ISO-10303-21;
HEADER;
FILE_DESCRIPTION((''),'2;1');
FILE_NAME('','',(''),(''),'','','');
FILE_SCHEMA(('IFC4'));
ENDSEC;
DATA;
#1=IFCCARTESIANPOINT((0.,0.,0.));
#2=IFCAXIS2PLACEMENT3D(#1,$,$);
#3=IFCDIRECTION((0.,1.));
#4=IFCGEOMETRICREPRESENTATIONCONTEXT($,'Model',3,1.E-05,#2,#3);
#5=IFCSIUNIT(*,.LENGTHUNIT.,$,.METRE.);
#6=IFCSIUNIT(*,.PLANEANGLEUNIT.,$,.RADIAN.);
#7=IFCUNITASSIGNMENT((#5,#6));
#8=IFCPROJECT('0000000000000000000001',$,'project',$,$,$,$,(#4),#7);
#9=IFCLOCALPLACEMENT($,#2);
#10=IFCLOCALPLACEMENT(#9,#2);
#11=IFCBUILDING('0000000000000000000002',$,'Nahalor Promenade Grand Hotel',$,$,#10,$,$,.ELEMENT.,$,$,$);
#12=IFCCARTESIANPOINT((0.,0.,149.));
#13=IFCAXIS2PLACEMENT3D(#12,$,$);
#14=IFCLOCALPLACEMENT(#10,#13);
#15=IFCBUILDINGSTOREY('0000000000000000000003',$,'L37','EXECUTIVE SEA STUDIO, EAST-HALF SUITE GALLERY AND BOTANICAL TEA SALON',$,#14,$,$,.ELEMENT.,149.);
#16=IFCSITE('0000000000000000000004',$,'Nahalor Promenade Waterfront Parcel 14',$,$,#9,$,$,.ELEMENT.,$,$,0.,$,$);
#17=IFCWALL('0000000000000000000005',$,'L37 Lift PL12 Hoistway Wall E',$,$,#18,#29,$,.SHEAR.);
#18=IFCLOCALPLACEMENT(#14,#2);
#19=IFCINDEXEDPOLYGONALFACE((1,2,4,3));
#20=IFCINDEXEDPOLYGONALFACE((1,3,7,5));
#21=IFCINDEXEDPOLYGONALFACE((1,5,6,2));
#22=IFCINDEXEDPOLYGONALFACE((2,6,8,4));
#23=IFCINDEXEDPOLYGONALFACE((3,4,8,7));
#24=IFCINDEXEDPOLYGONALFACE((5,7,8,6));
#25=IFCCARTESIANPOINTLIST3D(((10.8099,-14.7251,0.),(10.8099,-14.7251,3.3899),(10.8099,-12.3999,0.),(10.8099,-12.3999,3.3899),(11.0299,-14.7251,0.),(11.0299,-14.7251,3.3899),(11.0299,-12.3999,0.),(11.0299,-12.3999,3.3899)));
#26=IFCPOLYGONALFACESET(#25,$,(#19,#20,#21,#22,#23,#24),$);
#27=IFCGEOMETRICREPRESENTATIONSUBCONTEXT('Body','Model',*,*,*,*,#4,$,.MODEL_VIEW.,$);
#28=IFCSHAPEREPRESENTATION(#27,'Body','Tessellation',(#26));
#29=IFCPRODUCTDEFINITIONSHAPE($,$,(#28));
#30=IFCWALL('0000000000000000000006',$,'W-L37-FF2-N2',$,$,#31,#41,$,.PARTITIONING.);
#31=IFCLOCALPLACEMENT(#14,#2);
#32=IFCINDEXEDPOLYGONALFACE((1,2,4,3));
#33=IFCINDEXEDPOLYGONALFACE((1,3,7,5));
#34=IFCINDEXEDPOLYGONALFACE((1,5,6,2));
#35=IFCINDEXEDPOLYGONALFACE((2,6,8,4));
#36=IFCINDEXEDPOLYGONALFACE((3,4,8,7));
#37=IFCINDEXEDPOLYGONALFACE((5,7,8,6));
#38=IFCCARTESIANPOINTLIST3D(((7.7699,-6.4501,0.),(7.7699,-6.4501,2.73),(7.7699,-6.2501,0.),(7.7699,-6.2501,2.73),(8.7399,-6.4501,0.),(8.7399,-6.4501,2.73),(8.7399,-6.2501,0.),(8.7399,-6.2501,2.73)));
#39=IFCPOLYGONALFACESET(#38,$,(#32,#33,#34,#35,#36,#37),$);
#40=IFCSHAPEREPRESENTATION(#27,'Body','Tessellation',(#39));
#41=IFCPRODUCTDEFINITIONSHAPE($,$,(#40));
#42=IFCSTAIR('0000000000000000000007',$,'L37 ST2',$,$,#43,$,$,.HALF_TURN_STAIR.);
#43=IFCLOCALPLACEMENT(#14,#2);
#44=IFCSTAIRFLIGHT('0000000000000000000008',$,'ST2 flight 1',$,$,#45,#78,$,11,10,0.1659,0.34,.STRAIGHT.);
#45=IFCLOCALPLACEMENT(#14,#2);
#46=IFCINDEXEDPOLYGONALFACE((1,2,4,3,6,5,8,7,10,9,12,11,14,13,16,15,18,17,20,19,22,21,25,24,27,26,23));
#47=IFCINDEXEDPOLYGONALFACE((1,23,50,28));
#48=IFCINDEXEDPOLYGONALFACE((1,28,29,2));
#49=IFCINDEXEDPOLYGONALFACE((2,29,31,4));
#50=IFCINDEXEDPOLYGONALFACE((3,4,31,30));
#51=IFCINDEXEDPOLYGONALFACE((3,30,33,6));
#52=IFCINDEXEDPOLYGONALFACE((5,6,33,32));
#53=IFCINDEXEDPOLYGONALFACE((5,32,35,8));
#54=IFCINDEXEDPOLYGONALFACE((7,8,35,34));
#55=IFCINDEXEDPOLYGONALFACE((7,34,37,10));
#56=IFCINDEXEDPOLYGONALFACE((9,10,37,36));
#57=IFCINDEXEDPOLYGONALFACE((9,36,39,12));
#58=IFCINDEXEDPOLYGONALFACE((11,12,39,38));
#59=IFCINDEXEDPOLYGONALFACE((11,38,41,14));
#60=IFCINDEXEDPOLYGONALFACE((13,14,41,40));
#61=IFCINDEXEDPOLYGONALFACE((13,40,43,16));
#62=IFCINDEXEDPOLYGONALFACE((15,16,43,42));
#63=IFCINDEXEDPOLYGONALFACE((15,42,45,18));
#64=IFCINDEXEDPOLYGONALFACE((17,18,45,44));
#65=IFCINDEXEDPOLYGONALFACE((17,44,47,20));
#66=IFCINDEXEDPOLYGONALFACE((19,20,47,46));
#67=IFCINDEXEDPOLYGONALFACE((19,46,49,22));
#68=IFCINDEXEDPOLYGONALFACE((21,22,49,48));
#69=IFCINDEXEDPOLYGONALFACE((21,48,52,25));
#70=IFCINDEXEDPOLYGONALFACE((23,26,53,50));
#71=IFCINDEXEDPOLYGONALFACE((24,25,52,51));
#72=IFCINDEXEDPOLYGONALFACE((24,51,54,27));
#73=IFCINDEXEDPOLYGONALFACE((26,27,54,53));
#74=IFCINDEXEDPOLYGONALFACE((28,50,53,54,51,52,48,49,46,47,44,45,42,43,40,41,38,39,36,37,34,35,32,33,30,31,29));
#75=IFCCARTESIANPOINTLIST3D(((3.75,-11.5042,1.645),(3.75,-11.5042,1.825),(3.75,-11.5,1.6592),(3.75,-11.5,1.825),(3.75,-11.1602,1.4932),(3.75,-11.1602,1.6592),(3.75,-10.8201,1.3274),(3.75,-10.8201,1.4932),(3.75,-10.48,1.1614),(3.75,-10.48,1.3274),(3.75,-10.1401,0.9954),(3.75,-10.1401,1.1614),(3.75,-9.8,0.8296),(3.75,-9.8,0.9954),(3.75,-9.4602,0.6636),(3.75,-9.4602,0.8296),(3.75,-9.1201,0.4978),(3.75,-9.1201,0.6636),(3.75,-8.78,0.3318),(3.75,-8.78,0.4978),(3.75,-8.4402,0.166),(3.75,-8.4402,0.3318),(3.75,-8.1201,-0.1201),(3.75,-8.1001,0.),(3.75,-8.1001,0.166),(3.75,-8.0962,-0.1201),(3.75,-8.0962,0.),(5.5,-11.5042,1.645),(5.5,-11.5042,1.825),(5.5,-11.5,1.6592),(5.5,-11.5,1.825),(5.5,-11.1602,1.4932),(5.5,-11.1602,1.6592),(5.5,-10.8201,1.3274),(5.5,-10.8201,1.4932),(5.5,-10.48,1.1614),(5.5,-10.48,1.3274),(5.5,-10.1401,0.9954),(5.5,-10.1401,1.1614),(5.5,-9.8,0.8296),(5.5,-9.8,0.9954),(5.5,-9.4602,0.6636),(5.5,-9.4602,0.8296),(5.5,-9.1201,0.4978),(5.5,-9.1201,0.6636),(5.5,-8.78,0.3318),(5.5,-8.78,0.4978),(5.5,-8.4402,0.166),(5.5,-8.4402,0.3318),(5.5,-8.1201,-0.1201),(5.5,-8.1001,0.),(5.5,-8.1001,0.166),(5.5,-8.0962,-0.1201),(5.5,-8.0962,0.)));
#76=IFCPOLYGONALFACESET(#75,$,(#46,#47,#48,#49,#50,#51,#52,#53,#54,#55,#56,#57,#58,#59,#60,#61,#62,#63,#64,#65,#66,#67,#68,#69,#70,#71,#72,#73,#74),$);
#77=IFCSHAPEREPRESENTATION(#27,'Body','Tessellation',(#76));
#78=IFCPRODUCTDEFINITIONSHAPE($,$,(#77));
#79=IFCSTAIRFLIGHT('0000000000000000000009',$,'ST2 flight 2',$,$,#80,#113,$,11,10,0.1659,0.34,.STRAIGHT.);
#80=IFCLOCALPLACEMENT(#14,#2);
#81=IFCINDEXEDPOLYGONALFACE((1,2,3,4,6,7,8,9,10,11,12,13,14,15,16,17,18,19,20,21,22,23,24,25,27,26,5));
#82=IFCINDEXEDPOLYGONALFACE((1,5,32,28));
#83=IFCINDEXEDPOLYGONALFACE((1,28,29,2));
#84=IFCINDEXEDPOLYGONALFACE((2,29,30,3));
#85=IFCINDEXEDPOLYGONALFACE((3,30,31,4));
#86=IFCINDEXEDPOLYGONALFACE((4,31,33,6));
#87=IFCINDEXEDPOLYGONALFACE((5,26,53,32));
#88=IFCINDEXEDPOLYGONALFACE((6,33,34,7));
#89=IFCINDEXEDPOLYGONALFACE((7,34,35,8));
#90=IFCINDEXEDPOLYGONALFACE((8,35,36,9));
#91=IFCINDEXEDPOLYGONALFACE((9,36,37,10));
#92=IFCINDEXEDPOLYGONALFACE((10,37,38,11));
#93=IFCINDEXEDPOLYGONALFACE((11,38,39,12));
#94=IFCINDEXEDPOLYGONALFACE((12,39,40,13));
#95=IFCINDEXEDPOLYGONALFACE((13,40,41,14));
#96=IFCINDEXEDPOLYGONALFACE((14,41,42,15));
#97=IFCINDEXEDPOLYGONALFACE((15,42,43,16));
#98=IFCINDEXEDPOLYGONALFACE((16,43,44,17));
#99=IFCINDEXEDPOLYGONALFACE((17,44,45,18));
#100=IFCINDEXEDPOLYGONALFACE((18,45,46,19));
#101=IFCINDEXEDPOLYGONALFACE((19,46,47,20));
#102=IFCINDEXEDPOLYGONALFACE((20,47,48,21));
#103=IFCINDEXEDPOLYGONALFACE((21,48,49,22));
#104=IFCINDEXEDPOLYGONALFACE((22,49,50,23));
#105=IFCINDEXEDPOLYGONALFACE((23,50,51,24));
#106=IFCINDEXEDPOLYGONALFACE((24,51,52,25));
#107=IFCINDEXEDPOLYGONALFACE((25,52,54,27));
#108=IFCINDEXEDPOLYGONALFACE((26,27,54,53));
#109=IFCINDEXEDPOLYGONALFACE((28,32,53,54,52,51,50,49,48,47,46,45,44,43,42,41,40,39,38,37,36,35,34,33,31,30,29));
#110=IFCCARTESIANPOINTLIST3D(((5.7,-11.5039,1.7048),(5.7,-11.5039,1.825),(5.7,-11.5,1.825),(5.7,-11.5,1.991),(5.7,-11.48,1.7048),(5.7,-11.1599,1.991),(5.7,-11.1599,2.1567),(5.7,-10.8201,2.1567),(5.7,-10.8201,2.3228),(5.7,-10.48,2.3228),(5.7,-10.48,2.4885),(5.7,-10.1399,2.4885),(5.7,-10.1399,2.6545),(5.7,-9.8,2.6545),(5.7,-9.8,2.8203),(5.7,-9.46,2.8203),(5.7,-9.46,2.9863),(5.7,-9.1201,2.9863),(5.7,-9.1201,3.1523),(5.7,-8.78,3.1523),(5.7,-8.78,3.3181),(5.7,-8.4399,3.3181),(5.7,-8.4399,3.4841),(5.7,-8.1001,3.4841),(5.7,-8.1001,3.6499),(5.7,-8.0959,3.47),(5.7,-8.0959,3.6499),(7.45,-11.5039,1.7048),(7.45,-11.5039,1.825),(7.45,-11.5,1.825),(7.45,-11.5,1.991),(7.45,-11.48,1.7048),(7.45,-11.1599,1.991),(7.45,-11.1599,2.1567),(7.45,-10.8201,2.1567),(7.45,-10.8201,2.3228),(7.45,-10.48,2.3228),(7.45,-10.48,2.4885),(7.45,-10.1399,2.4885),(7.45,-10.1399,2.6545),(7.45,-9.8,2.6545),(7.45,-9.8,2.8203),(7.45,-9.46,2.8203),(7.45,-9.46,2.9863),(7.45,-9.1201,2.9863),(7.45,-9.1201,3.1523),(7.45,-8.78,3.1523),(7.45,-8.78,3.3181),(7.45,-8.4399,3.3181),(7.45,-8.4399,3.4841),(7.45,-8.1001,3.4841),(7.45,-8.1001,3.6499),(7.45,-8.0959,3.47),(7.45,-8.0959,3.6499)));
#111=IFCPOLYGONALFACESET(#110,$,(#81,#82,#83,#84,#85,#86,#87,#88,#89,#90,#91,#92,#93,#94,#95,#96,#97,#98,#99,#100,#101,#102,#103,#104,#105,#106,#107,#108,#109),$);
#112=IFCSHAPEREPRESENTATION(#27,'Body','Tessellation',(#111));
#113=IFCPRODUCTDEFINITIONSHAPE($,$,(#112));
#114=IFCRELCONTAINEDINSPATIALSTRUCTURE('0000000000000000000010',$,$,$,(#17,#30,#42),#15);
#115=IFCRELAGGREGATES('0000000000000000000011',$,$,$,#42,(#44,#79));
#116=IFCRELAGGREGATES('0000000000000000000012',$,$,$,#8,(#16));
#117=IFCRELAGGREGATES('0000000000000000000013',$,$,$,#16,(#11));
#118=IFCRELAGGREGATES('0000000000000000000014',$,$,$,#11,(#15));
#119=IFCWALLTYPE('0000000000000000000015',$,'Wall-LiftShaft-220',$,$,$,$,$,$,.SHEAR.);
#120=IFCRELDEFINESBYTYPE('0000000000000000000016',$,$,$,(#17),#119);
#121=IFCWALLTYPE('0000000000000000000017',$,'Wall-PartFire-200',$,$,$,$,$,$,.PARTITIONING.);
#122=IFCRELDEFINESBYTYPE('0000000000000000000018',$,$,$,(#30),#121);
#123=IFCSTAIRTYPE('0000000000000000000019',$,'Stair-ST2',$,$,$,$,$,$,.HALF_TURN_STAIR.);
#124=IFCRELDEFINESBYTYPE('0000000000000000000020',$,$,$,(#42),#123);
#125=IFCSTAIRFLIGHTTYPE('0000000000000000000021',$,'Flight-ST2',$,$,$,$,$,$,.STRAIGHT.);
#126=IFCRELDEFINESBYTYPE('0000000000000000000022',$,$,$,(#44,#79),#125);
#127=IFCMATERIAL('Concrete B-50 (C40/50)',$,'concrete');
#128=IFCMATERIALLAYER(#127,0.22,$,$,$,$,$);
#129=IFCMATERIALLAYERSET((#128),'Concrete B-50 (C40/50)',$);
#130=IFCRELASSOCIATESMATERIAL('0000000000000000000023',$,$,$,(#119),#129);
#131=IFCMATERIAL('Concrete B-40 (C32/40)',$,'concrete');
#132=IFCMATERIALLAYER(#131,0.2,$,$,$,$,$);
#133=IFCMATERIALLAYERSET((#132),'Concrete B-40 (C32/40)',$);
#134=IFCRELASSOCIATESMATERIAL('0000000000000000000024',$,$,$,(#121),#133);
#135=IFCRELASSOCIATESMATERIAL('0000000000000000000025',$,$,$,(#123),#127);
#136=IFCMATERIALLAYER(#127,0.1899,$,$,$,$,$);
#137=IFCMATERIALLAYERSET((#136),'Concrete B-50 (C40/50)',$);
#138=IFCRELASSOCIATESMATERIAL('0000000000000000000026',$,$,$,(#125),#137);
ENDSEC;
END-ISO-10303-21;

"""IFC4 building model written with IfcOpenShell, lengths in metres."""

from ifc_helpers import new_model, si_unit, direction, frame, frame_2d, origin, place, context, subcontext, project, spatial, polyline, rectangle, outline, extrude, source, transform, mapped, material, layer, layer_set, type_object, element, aggregate, save


model = new_model("IFC4")

# Units and contexts
model_context = context("Model", 3, precision=1e-05, world=origin(), true_north=direction((0.0, 1.0)))
body_context = subcontext(model_context, "Body", "Model", "MODEL_VIEW")
ifc_project = project(units=[si_unit("LENGTHUNIT", "METRE"), si_unit("PLANEANGLEUNIT", "RADIAN")], contexts=[model_context])

# Site, building, storey
site_placement = place(None, origin())
site = spatial("IfcSite", under=ifc_project, at=site_placement, Name="Nahalor Promenade Waterfront Parcel 14", CompositionType="ELEMENT", RefElevation=0.0)
building_placement = place(site_placement, origin())
building = spatial("IfcBuilding", under=site, at=building_placement, Name="Nahalor Promenade Grand Hotel", CompositionType="ELEMENT")
storey_placement = place(building_placement, frame((0.0, 0.0, 149.0)))
storey = spatial("IfcBuildingStorey", under=building, at=storey_placement, Name="L37", Description="EXECUTIVE SEA STUDIO, EAST-HALF SUITE GALLERY AND BOTANICAL TEA SALON", CompositionType="ELEMENT", Elevation=149.0)

# Wall
ifc_material_1 = material(Name="Concrete B-50 (C40/50)", Category="concrete")
ifc_layer_1 = layer(ifc_material_1, 0.22)
ifc_layer_set_1 = layer_set([ifc_layer_1], Name="Concrete B-50 (C40/50)")
wall_type_1 = type_object("IfcWallType", Name="Wall-LiftShaft-220", PredefinedType="SHEAR", material=ifc_layer_set_1)
shared_shape_1 = source(origin(), body_context, "Body", "SweptSolid", [
    extrude(rectangle(XDim=2.3252, YDim=0.22, at=frame_2d((1.1626, 0.0))), origin(), (0.0, 0.0, 1.0), 3.3899),
])
wall_1_placement = place(storey_placement, frame((10.9199, -14.7251, 0.0), z_axis=(0.0, 0.0, 1.0), x_axis=(0.0, 1.0, 0.0)))
element("IfcWall", 1, at=wall_1_placement, inside=storey, type_object=wall_type_1, Name="L37 Lift PL12 Hoistway Wall E", PredefinedType="SHEAR", context=body_context, shape_type="MappedRepresentation", body=[
    mapped(shared_shape_1, transform((0.0, 0.0, 0.0), scale=1.0)),
])

# Shared definitions
ifc_material_2 = material(Name="Concrete B-40 (C32/40)", Category="concrete")
ifc_layer_2 = layer(ifc_material_2, 0.2)
ifc_layer_set_2 = layer_set([ifc_layer_2], Name="Concrete B-40 (C32/40)")
wall_type_2 = type_object("IfcWallType", Name="Wall-PartFire-200", PredefinedType="PARTITIONING", material=ifc_layer_set_2)

# Wall
shared_shape_2 = source(origin(), body_context, "Body", "SweptSolid", [
    extrude(rectangle(XDim=0.97, YDim=0.2, at=frame_2d((0.4849, 0.0))), origin(), (0.0, 0.0, 1.0), 2.73),
])
wall_2_placement = place(storey_placement, frame((7.77, -6.3501, 0.0), z_axis=(0.0, 0.0, 1.0), x_axis=(1.0, 0.0, 0.0)))
element("IfcWall", 2, at=wall_2_placement, inside=storey, type_object=wall_type_2, Name="W-L37-FF2-N2", PredefinedType="PARTITIONING", context=body_context, shape_type="MappedRepresentation", body=[
    mapped(shared_shape_2, transform((0.0, 0.0, 0.0), scale=1.0)),
])

# Stair, stair flights
stair_type = type_object("IfcStairType", Name="Stair-ST2", PredefinedType="HALF_TURN_STAIR", material=ifc_material_1)
stair_placement = place(storey_placement, origin())
stair = element("IfcStair", 3, at=stair_placement, inside=storey, type_object=stair_type, Name="L37 ST2", PredefinedType="HALF_TURN_STAIR")
ifc_layer_3 = layer(ifc_material_1, 0.1899)
ifc_layer_set_3 = layer_set([ifc_layer_3], Name="Concrete B-50 (C40/50)")
stair_flight_type = type_object("IfcStairFlightType", Name="Flight-ST2", PredefinedType="STRAIGHT", material=ifc_layer_set_3)
shared_shape_3 = source(origin(), body_context, "Body", "SweptSolid", [
    extrude(outline(polyline([(-0.0039, -0.1201), (-0.0039, 0.0), (0.0, 0.0), (0.0, 0.166), (0.3401, 0.166), (0.3401, 0.3318), (0.6799, 0.3318), (0.6799, 0.4978), (1.02, 0.4978), (1.02, 0.6636), (1.3601, 0.6636), (1.3601, 0.8296), (1.7, 0.8296), (1.7, 0.9954), (2.04, 0.9954), (2.04, 1.1614), (2.3799, 1.1614), (2.3799, 1.3274), (2.72, 1.3274), (2.72, 1.4932), (3.0601, 1.4932), (3.0601, 1.6592), (3.3999, 1.6592), (3.3999, 1.825), (3.4041, 1.825), (3.4041, 1.645), (0.02, -0.1201), (-0.0039, -0.1201)])), frame((0.0, 0.875, 0.0), z_axis=(0.0, -1.0, 0.0), x_axis=(1.0, 0.0, 0.0)), (0.0, 0.0, 1.0), 1.75),
])
stair_flight_1_placement = place(storey_placement, frame((4.625, -8.1001, 0.0), z_axis=(0.0, 0.0, 1.0), x_axis=(0.0, -1.0, 0.0)))
stair_flight_1 = element("IfcStairFlight", 4, at=stair_flight_1_placement, type_object=stair_flight_type, Name="ST2 flight 1", NumberOfRisers=11, NumberOfTreads=10, PredefinedType="STRAIGHT", RiserHeight=0.1659, TreadLength=0.34, context=body_context, shape_type="MappedRepresentation", body=[
    mapped(shared_shape_3, transform((0.0, 0.0, 0.0), scale=1.0)),
])
stair_flight_2_placement = place(storey_placement, frame((6.575, -11.5, 1.825), z_axis=(0.0, 0.0, 1.0), x_axis=(0.0, 1.0, 0.0)))
stair_flight_2 = element("IfcStairFlight", 5, at=stair_flight_2_placement, type_object=stair_flight_type, Name="ST2 flight 2", NumberOfRisers=11, NumberOfTreads=10, PredefinedType="STRAIGHT", RiserHeight=0.1659, TreadLength=0.34, context=body_context, shape_type="MappedRepresentation", body=[
    mapped(shared_shape_3, transform((0.0, 0.0, 0.0), scale=1.0)),
])
aggregate(stair, [stair_flight_1, stair_flight_2])

save(model, "model.ifc")
